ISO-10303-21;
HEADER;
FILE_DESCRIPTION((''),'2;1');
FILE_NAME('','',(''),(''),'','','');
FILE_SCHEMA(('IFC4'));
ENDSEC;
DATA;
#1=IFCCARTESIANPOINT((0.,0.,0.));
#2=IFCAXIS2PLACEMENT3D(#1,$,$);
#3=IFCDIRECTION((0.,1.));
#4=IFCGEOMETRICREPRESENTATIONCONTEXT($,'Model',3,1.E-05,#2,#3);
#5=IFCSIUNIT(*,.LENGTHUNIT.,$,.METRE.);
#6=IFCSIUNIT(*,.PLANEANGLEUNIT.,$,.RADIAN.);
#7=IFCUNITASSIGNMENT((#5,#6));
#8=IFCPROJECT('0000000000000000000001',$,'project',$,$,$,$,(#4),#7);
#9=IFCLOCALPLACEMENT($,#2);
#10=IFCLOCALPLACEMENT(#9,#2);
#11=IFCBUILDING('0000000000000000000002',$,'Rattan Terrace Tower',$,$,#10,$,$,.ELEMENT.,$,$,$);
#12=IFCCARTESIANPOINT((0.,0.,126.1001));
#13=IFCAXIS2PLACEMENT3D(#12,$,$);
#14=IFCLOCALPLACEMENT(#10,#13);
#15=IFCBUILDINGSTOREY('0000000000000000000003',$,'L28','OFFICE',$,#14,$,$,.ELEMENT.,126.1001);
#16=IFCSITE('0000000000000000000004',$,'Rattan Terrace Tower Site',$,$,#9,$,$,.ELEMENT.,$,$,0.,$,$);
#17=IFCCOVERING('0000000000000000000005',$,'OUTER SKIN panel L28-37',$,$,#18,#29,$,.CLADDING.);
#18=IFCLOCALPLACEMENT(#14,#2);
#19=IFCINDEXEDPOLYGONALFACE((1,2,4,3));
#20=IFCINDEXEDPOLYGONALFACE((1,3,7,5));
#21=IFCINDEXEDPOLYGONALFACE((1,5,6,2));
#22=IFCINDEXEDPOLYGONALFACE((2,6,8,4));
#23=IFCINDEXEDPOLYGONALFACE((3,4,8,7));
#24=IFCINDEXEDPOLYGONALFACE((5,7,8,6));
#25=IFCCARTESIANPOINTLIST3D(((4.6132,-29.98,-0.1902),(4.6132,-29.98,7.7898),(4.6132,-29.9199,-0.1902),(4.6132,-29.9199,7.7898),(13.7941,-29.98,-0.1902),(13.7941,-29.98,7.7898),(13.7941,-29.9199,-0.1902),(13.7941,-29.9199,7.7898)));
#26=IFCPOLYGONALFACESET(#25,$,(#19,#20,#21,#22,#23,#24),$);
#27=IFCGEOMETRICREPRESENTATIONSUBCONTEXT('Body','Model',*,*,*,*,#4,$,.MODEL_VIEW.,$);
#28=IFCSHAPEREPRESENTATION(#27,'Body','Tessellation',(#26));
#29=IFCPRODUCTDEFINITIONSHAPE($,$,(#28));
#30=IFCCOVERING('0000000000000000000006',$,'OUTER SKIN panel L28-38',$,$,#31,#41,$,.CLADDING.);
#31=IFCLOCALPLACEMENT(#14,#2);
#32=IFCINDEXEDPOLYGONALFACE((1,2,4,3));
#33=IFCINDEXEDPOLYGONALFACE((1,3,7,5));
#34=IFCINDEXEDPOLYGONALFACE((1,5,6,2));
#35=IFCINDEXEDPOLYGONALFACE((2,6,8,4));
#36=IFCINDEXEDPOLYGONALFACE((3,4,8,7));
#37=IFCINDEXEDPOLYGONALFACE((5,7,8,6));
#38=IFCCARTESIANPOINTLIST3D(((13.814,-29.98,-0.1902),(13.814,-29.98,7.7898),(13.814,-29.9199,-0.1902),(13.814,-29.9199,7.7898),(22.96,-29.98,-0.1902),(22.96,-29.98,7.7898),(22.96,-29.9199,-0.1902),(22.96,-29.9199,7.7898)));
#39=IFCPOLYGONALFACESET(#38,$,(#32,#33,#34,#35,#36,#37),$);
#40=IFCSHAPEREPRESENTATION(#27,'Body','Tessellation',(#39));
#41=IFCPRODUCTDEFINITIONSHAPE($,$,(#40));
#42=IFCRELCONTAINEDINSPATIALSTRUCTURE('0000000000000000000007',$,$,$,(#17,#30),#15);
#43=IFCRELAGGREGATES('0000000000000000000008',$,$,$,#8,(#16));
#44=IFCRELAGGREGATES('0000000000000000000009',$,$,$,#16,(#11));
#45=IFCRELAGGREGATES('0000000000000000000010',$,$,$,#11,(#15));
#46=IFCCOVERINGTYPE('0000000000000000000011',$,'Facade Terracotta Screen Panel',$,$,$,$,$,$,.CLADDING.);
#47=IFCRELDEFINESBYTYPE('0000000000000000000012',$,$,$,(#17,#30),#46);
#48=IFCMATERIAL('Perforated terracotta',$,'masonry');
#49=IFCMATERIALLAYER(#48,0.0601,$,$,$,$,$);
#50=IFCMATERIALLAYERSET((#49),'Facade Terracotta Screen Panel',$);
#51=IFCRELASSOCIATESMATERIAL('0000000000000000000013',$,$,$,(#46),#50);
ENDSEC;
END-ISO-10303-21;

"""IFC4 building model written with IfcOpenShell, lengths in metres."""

from ifc_helpers import new_model, si_unit, direction, frame, origin, origin_2d, place, context, subcontext, project, spatial, rectangle, extrude, material, layer, layer_set, type_object, element, save


model = new_model("IFC4")

# Units and contexts
model_context = context("Model", 3, precision=1e-05, world=origin(), true_north=direction((0.0, 1.0)))
body_context = subcontext(model_context, "Body", "Model", "MODEL_VIEW")
ifc_project = project(units=[si_unit("LENGTHUNIT", "METRE"), si_unit("PLANEANGLEUNIT", "RADIAN")], contexts=[model_context])

# Site, building, storey
site_placement = place(None, origin())
site = spatial("IfcSite", under=ifc_project, at=site_placement, Name="Rattan Terrace Tower Site", CompositionType="ELEMENT", RefElevation=0.0)
building_placement = place(site_placement, origin())
building = spatial("IfcBuilding", under=site, at=building_placement, Name="Rattan Terrace Tower", CompositionType="ELEMENT")
storey_placement = place(building_placement, frame((0.0, 0.0, 126.1001)))
storey = spatial("IfcBuildingStorey", under=building, at=storey_placement, Name="L28", Description="OFFICE", CompositionType="ELEMENT", Elevation=126.1001)

# Coverings
ifc_material_1 = material(Name="Perforated terracotta", Category="masonry")
ifc_layer_1 = layer(ifc_material_1, 0.0601)
ifc_layer_set_1 = layer_set([ifc_layer_1], Name="Facade Terracotta Screen Panel")
covering_type = type_object("IfcCoveringType", Name="Facade Terracotta Screen Panel", PredefinedType="CLADDING", material=ifc_layer_set_1)
for number, where, z_axis, x_axis, name in (
    (1, (9.2036, -29.95, -0.1902), (0.0, 0.0, 1.0), (1.0, 0.0, 0.0), "OUTER SKIN panel L28-37"),
):
    element("IfcCovering", number, at=place(storey_placement, frame(where, z_axis=z_axis, x_axis=x_axis)), inside=storey, type_object=covering_type, Name=name, PredefinedType="CLADDING", context=body_context, shape_type="SweptSolid", body=[
        extrude(rectangle(XDim=9.1809, YDim=0.0601, at=origin_2d()), origin(), (0.0, 0.0, 1.0), 7.98),
    ])
covering_placement = place(storey_placement, frame((18.387, -29.95, -0.1902), z_axis=(0.0, 0.0, 1.0), x_axis=(1.0, 0.0, 0.0)))
element("IfcCovering", 2, at=covering_placement, inside=storey, type_object=covering_type, Name="OUTER SKIN panel L28-38", PredefinedType="CLADDING", context=body_context, shape_type="SweptSolid", body=[
    extrude(rectangle(XDim=9.146, YDim=0.0601, at=origin_2d()), origin(), (0.0, 0.0, 1.0), 7.98),
])

save(model, "model.ifc")
